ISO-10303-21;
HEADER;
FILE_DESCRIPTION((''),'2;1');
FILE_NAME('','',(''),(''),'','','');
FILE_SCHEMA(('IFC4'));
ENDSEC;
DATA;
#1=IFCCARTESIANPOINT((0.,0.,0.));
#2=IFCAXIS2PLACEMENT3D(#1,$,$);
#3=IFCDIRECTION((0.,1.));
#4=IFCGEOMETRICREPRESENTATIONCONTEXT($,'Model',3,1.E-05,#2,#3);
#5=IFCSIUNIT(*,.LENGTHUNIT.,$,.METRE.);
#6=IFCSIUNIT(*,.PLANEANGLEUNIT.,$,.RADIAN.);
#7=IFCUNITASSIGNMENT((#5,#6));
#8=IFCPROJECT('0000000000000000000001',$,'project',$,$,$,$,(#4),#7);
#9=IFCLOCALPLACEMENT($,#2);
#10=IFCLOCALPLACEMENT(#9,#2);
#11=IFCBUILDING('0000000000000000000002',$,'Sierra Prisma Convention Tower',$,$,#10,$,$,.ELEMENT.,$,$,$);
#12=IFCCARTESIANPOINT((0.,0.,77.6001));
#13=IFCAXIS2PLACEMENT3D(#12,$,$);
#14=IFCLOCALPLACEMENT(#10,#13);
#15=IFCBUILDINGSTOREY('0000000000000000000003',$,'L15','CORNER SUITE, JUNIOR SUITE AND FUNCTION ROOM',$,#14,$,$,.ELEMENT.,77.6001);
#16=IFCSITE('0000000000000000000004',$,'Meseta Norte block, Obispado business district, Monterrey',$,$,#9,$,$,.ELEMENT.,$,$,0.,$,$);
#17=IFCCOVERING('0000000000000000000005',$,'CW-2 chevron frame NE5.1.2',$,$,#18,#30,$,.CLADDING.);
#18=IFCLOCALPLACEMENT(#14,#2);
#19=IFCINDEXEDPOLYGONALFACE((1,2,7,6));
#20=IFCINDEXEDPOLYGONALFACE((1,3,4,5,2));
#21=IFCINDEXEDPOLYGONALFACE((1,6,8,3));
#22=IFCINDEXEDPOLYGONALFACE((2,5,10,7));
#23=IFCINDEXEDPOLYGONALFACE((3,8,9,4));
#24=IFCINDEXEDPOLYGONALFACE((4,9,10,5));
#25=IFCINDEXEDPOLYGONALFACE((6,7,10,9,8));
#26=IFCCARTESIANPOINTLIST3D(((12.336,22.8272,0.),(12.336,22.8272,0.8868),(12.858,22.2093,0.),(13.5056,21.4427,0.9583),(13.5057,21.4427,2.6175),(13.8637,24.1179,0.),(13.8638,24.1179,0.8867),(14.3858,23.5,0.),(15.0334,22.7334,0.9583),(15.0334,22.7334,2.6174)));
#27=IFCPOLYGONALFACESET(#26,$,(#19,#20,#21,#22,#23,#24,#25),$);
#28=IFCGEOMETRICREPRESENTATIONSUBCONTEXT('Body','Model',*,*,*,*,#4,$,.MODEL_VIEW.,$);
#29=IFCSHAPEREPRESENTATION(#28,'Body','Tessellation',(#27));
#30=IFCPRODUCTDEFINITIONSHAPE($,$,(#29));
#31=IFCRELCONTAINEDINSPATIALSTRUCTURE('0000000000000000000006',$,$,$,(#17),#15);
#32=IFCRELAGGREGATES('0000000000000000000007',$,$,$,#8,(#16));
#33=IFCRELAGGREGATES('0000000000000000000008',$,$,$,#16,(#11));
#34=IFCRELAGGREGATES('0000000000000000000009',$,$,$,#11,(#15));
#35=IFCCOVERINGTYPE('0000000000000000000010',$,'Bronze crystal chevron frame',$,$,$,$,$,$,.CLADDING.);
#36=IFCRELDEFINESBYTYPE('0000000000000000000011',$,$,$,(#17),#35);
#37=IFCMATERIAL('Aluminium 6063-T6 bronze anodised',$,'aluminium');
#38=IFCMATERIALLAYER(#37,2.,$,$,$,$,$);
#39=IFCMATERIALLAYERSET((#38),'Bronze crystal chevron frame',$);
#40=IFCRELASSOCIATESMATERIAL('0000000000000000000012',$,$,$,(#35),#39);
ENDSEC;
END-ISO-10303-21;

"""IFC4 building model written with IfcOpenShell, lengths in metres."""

from ifc_helpers import new_model, si_unit, direction, frame, origin, place, context, subcontext, project, spatial, polyline, outline, extrude, material, layer, layer_set, type_object, element, save


model = new_model("IFC4")

# Units and contexts
model_context = context("Model", 3, precision=1e-05, world=origin(), true_north=direction((0.0, 1.0)))
body_context = subcontext(model_context, "Body", "Model", "MODEL_VIEW")
ifc_project = project(units=[si_unit("LENGTHUNIT", "METRE"), si_unit("PLANEANGLEUNIT", "RADIAN")], contexts=[model_context])

# Site, building, storey
site_placement = place(None, origin())
site = spatial("IfcSite", under=ifc_project, at=site_placement, Name="Meseta Norte block, Obispado business district, Monterrey", CompositionType="ELEMENT", RefElevation=0.0)
building_placement = place(site_placement, origin())
building = spatial("IfcBuilding", under=site, at=building_placement, Name="Sierra Prisma Convention Tower", CompositionType="ELEMENT")
storey_placement = place(building_placement, frame((0.0, 0.0, 77.6001)))
storey = spatial("IfcBuildingStorey", under=building, at=storey_placement, Name="L15", Description="CORNER SUITE, JUNIOR SUITE AND FUNCTION ROOM", CompositionType="ELEMENT", Elevation=77.6001)

# Covering
ifc_material_1 = material(Name="Aluminium 6063-T6 bronze anodised", Category="aluminium")
ifc_layer_1 = layer(ifc_material_1, 2.0)
ifc_layer_set_1 = layer_set([ifc_layer_1], Name="Bronze crystal chevron frame")
covering_type = type_object("IfcCoveringType", Name="Bronze crystal chevron frame", PredefinedType="CLADDING", material=ifc_layer_set_1)
covering_1_placement = place(storey_placement, frame((15.0334, 22.7334, 2.6174), z_axis=(0.763892, 0.645344, -0.000016), x_axis=(-0.000012, -0.00001, -1.0)))
element("IfcCovering", 1, at=covering_1_placement, inside=storey, type_object=covering_type, Name="CW-2 chevron frame NE5.1.2", PredefinedType="CLADDING", context=body_context, shape_type="SweptSolid", body=[
    extrude(outline(polyline([(0.0, 0.0), (1.6592, 0.0), (2.6174, 1.0036), (2.6174, 1.8125), (1.7307, 1.8125), (0.0, 0.0)])), origin(), (0.0, 0.0, -1.0), 2.0),
])

save(model, "model.ifc")
